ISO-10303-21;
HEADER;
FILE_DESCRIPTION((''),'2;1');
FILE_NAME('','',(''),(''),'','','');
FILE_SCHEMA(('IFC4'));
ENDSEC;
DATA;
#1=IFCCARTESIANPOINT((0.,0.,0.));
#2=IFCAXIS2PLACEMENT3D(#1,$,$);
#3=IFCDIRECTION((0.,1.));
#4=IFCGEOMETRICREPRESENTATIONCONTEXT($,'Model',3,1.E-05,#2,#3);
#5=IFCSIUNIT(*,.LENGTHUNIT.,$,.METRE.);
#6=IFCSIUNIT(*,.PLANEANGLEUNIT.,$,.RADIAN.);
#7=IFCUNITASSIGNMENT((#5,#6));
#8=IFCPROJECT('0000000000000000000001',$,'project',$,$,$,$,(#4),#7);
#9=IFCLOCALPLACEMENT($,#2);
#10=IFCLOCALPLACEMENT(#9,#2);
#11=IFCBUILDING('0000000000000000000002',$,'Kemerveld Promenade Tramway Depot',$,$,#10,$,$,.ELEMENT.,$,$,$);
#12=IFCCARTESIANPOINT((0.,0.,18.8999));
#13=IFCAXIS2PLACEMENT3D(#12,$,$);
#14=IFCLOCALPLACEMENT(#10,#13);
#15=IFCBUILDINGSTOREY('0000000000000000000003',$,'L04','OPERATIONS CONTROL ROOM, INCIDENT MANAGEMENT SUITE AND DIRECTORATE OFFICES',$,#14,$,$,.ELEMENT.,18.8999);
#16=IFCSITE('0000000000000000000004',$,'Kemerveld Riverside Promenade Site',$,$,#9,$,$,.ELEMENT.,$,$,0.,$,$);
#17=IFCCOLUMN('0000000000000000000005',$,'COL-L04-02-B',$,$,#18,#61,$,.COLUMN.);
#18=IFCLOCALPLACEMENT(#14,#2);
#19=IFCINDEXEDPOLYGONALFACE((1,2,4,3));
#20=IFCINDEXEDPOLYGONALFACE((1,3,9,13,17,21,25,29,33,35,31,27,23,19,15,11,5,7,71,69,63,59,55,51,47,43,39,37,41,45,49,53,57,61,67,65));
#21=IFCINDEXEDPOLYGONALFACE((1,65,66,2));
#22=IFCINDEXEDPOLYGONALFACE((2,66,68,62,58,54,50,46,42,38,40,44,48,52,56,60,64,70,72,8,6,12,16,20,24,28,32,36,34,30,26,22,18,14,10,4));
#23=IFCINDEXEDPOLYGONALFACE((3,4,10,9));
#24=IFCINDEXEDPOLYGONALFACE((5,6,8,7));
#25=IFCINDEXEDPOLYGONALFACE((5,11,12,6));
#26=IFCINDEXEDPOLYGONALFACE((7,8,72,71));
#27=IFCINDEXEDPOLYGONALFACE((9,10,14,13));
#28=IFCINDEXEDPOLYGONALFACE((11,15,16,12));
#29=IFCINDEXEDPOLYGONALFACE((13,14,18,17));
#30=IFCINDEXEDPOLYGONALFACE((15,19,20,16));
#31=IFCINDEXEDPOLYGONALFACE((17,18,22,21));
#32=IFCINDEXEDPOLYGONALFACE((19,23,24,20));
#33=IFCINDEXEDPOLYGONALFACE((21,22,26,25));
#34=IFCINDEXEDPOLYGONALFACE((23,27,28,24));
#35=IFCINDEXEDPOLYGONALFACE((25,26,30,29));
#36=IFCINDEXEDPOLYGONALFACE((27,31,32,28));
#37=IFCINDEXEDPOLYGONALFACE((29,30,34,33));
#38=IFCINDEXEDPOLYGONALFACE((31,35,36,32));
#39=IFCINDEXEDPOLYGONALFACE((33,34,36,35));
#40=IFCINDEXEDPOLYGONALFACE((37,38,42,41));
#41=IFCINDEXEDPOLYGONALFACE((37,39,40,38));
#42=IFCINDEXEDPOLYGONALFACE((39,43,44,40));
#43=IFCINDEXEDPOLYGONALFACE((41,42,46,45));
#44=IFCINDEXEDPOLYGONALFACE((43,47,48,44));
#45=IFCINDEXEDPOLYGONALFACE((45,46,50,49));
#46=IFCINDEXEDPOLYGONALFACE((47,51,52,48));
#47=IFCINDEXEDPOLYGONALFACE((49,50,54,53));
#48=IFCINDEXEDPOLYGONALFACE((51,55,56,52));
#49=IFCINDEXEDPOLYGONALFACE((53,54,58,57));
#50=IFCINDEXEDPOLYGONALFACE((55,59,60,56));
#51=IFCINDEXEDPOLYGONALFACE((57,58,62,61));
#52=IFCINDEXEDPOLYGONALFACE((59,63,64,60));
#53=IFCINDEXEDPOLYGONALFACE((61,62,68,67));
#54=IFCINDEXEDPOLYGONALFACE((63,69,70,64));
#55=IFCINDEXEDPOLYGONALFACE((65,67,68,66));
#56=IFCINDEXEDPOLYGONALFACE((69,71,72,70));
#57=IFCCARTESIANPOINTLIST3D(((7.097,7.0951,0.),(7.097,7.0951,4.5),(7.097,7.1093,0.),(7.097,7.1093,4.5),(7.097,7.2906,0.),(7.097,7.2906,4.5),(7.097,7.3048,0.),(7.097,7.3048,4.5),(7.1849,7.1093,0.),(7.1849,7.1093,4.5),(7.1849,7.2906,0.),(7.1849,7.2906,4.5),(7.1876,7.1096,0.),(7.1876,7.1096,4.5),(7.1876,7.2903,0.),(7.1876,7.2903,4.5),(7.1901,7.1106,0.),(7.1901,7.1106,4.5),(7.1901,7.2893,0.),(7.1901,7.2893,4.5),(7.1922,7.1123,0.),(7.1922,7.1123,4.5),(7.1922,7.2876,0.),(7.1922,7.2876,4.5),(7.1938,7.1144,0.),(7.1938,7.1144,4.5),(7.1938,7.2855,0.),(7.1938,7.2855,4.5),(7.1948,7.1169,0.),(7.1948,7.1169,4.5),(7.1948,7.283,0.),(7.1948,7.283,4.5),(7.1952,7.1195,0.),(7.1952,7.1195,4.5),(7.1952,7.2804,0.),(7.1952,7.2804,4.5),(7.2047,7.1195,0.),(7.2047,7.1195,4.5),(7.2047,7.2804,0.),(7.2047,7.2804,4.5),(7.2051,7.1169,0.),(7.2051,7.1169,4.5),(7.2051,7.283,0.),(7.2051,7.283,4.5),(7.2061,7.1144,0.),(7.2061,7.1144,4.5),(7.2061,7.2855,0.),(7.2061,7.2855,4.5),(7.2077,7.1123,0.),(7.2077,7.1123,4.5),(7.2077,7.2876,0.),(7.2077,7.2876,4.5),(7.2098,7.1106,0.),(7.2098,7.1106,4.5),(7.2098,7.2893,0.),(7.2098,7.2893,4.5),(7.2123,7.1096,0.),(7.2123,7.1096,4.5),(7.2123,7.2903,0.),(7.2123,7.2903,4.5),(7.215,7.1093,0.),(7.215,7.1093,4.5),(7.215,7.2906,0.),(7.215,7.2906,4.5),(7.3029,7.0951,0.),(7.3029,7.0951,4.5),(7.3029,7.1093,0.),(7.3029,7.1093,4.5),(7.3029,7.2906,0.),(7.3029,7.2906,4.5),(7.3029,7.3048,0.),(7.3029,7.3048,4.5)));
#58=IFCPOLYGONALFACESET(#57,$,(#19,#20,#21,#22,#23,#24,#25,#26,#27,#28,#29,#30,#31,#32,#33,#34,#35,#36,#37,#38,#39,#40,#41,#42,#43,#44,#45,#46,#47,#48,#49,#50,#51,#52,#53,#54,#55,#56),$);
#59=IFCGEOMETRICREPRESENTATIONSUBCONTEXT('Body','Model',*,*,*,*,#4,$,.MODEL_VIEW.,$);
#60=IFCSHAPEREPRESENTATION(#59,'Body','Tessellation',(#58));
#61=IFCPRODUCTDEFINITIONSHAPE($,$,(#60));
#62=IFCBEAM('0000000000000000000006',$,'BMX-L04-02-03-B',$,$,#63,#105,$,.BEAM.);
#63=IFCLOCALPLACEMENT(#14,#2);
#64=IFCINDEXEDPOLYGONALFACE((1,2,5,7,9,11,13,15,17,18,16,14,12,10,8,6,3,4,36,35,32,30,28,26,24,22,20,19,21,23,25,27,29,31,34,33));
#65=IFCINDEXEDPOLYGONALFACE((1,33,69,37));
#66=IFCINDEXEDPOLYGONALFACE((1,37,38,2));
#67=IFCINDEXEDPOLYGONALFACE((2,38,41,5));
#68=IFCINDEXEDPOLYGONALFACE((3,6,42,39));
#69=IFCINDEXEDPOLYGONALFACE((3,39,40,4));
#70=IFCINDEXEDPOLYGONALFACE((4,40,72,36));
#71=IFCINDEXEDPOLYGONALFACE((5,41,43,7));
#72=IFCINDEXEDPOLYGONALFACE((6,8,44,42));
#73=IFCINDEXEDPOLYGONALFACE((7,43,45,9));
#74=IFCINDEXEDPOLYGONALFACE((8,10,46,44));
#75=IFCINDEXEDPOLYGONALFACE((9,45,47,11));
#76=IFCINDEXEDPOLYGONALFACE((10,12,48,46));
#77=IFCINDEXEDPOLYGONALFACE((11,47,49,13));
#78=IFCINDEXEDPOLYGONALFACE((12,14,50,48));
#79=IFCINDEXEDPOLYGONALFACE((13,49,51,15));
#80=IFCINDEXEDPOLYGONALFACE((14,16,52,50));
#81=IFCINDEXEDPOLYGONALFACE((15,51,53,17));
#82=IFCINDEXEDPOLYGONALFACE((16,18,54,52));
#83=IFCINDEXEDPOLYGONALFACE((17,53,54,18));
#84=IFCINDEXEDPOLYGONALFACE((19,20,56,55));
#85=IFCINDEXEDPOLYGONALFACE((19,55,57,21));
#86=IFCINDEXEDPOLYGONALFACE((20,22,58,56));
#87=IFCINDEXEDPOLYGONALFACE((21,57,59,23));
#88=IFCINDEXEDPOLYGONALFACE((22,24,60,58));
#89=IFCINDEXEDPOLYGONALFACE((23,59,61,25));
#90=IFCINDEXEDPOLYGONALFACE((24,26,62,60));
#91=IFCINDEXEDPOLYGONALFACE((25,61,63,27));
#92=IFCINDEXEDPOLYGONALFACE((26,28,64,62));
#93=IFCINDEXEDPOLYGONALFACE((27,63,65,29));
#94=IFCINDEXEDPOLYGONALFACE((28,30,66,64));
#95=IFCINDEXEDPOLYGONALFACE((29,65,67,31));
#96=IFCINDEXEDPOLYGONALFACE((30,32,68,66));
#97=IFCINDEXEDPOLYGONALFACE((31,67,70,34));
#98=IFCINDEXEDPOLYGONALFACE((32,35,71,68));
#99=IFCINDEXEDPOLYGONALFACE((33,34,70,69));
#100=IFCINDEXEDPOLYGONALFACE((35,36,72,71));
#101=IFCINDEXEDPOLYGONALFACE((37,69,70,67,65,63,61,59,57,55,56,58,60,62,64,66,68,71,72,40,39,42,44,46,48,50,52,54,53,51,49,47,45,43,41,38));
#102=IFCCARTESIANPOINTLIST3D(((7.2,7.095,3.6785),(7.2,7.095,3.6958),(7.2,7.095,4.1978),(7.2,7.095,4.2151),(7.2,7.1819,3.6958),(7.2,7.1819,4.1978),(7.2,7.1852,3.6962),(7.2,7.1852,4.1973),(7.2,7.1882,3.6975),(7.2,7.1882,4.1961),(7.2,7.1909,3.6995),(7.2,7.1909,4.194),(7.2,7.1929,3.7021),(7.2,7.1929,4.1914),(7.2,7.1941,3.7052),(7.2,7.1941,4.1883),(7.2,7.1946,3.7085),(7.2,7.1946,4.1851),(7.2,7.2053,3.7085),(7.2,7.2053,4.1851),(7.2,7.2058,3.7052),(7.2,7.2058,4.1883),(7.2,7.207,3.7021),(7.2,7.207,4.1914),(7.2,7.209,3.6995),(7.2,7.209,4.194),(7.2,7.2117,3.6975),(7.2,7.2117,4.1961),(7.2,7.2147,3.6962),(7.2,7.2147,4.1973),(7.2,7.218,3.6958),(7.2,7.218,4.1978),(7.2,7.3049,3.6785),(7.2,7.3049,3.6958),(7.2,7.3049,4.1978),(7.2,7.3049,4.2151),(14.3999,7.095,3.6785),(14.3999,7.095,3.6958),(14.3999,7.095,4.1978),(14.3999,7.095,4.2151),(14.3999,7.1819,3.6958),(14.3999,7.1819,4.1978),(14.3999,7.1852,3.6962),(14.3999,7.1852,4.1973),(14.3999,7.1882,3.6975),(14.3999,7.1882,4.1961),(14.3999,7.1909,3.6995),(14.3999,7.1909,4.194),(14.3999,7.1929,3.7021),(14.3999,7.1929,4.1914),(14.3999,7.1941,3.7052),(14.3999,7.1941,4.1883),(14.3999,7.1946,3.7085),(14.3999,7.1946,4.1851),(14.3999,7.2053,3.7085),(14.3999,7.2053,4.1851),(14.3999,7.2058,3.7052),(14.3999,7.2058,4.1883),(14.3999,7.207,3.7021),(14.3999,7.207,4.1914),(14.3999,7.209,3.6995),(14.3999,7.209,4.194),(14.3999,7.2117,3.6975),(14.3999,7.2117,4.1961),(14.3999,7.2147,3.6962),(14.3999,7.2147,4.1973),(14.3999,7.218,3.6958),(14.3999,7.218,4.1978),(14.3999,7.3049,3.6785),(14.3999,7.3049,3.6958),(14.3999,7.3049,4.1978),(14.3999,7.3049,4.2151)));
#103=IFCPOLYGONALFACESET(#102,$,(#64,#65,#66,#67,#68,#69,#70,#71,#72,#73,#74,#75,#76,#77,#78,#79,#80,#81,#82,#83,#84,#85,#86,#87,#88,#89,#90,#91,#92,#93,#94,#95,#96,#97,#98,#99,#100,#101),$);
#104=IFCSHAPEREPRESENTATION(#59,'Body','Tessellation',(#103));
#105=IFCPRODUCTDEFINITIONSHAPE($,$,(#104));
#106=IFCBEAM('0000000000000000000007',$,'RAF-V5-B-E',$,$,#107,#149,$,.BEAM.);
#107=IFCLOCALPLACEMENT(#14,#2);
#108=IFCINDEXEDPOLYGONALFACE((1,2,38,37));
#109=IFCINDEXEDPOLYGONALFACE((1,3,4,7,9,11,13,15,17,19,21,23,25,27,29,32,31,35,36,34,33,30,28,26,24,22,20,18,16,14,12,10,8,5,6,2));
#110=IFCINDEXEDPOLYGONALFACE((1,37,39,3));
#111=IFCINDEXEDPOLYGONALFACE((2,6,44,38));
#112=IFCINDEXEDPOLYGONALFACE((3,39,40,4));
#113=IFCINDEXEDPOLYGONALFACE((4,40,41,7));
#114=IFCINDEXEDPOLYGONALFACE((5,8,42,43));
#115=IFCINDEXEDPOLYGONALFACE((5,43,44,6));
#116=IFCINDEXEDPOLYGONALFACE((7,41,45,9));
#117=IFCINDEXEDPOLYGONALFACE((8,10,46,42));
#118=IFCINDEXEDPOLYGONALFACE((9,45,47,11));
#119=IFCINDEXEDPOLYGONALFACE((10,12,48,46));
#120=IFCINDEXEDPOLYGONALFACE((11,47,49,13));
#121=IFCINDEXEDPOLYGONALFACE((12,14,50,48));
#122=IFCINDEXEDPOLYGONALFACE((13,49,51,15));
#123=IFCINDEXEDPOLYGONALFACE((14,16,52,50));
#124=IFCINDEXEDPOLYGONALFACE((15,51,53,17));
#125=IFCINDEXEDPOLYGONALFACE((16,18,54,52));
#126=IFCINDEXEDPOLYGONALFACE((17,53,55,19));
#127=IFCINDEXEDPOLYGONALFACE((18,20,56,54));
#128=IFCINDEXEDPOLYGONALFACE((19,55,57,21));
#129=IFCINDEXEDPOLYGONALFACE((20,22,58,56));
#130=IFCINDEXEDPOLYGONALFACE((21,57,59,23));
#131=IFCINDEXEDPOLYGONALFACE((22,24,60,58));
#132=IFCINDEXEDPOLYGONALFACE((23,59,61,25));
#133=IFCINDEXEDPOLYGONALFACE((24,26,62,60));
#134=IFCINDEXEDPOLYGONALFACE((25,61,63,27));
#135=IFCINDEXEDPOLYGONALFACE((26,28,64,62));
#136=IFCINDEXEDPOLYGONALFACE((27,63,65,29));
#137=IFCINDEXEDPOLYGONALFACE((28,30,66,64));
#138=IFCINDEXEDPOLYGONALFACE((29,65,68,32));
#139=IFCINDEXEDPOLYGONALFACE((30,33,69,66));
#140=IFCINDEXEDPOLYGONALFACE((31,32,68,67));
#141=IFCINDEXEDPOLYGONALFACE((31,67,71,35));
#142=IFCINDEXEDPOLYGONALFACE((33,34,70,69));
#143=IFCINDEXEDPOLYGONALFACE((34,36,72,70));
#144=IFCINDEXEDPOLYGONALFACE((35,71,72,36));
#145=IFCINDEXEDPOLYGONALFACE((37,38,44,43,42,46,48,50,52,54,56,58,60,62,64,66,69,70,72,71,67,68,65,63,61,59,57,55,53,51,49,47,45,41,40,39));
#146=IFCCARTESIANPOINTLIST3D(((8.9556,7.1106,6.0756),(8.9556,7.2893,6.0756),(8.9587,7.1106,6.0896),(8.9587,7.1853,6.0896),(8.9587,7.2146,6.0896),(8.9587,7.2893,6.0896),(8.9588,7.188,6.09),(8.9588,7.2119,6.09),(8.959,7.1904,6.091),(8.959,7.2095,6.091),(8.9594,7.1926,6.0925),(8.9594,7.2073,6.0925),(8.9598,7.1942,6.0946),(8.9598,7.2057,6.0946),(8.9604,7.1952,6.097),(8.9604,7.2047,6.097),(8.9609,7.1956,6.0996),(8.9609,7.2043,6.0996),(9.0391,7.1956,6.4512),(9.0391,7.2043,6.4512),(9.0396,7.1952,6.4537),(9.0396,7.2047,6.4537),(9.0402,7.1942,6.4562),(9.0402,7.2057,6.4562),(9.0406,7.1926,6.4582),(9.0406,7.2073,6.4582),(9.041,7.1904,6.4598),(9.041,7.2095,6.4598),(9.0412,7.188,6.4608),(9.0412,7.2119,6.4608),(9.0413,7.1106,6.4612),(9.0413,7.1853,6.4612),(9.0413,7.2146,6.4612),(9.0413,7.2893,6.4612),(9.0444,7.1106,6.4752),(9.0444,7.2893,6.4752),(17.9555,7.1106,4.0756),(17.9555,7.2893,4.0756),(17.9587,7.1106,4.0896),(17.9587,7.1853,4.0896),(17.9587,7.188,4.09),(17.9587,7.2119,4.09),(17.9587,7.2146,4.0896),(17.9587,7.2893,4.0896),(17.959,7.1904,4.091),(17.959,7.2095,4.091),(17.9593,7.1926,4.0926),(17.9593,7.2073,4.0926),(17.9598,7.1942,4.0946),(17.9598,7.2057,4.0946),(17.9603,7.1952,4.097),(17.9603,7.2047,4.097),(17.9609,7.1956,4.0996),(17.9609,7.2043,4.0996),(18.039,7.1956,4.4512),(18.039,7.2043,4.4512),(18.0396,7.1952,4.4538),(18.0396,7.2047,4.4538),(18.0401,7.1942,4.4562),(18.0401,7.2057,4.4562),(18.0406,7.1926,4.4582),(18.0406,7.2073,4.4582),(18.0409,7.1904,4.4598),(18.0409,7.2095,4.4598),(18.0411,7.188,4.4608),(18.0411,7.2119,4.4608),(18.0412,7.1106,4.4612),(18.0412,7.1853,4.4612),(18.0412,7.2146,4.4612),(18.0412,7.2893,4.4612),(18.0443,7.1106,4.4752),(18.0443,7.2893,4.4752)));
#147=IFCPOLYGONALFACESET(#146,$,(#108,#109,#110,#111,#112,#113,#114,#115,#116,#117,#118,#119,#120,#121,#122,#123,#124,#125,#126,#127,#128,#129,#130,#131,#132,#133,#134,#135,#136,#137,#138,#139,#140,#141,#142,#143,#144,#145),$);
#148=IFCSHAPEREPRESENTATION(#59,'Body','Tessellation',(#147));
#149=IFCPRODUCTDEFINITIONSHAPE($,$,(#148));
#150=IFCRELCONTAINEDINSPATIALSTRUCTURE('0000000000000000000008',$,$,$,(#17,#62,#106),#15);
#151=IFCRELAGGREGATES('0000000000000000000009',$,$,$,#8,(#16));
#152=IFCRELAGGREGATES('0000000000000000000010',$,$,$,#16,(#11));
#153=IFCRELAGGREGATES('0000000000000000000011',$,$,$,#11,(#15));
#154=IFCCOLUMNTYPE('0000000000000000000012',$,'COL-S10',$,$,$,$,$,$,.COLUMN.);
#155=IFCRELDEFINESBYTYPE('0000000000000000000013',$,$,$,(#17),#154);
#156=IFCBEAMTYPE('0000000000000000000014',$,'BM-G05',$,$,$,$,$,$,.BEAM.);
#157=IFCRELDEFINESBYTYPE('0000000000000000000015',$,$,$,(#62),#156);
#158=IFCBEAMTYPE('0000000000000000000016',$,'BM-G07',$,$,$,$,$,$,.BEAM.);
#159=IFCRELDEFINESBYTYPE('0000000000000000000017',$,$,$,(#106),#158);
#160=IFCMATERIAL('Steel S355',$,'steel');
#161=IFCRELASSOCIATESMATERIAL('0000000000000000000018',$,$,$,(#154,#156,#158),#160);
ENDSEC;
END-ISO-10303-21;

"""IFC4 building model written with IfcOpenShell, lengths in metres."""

from ifc_helpers import new_model, si_unit, direction, frame, origin, origin_2d, place, context, subcontext, project, spatial, i_section, extrude, material, material_profile, profile_set, type_object, element, save


model = new_model("IFC4")

# Units and contexts
model_context = context("Model", 3, precision=1e-05, world=origin(), true_north=direction((0.0, 1.0)))
body_context = subcontext(model_context, "Body", "Model", "MODEL_VIEW")
ifc_project = project(units=[si_unit("LENGTHUNIT", "METRE"), si_unit("PLANEANGLEUNIT", "RADIAN")], contexts=[model_context])

# Site, building, storey
site_placement = place(None, origin())
site = spatial("IfcSite", under=ifc_project, at=site_placement, Name="Kemerveld Riverside Promenade Site", CompositionType="ELEMENT", RefElevation=0.0)
building_placement = place(site_placement, origin())
building = spatial("IfcBuilding", under=site, at=building_placement, Name="Kemerveld Promenade Tramway Depot", CompositionType="ELEMENT")
storey_placement = place(building_placement, frame((0.0, 0.0, 18.8999)))
storey = spatial("IfcBuildingStorey", under=building, at=storey_placement, Name="L04", Description="OPERATIONS CONTROL ROOM, INCIDENT MANAGEMENT SUITE AND DIRECTORATE OFFICES", CompositionType="ELEMENT", Elevation=18.8999)

# Column
ifc_material_1 = material(Name="Steel S355", Category="steel")
ifc_material_profile_1 = material_profile(ifc_material_1, i_section(OverallWidth=0.2058, OverallDepth=0.2097, WebThickness=0.0095, FlangeThickness=0.0142, FilletRadius=0.0103, at=origin_2d()), Name="203x203x60 UC")
ifc_profile_set_1 = profile_set([ifc_material_profile_1], Name="Steel S355")
column_type = type_object("IfcColumnType", Name="COL-S10", PredefinedType="COLUMN", material=ifc_profile_set_1)
column_placement = place(storey_placement, frame((7.2, 7.2, 0.0), z_axis=(0.0, 0.0, 1.0), x_axis=(1.0, 0.0, 0.0)))
element("IfcColumn", 1, at=column_placement, inside=storey, type_object=column_type, Name="COL-L04-02-B", PredefinedType="COLUMN", context=body_context, shape_type="SweptSolid", body=[
    extrude(i_section(OverallWidth=0.2058, OverallDepth=0.2097, WebThickness=0.0095, FlangeThickness=0.0142, FilletRadius=0.0103, at=origin_2d()), origin(), (0.0, 0.0, 1.0), 4.5),
])

# Beams
ifc_material_profile_2 = material_profile(ifc_material_1, i_section(OverallWidth=0.21, OverallDepth=0.5366, WebThickness=0.0107, FlangeThickness=0.0173, FilletRadius=0.0127, at=origin_2d()), Name="533x210x101 UB")
ifc_profile_set_2 = profile_set([ifc_material_profile_2], Name="Steel S355")
beam_type_1 = type_object("IfcBeamType", Name="BM-G05", PredefinedType="BEAM", material=ifc_profile_set_2)
beam_1_placement = place(storey_placement, frame((7.2, 7.2, 3.9468), z_axis=(1.0, 0.0, 0.0), x_axis=(0.0, 1.0, 0.0)))
element("IfcBeam", 2, at=beam_1_placement, inside=storey, type_object=beam_type_1, Name="BMX-L04-02-03-B", PredefinedType="BEAM", context=body_context, shape_type="SweptSolid", body=[
    extrude(i_section(OverallWidth=0.21, OverallDepth=0.5366, WebThickness=0.0107, FlangeThickness=0.0173, FilletRadius=0.0127, at=origin_2d()), origin(), (0.0, 0.0, 1.0), 7.2),
])
ifc_material_profile_3 = material_profile(ifc_material_1, i_section(OverallWidth=0.1787, OverallDepth=0.4094, WebThickness=0.0088, FlangeThickness=0.0144, FilletRadius=0.0103, at=origin_2d()), Name="406x178x67 UB")
ifc_profile_set_3 = profile_set([ifc_material_profile_3], Name="Steel S355")
beam_type_2 = type_object("IfcBeamType", Name="BM-G07", PredefinedType="BEAM", material=ifc_profile_set_3)
beam_2_placement = place(storey_placement, frame((9.0, 7.2, 6.2754), z_axis=(0.976187, 0.0, -0.21693), x_axis=(0.0, 1.0, 0.0)))
element("IfcBeam", 3, at=beam_2_placement, inside=storey, type_object=beam_type_2, Name="RAF-V5-B-E", PredefinedType="BEAM", context=body_context, shape_type="SweptSolid", body=[
    extrude(i_section(OverallWidth=0.1787, OverallDepth=0.4094, WebThickness=0.0088, FlangeThickness=0.0144, FilletRadius=0.0103, at=origin_2d()), origin(), (0.0, 0.0, 1.0), 9.2195),
])

save(model, "model.ifc")
